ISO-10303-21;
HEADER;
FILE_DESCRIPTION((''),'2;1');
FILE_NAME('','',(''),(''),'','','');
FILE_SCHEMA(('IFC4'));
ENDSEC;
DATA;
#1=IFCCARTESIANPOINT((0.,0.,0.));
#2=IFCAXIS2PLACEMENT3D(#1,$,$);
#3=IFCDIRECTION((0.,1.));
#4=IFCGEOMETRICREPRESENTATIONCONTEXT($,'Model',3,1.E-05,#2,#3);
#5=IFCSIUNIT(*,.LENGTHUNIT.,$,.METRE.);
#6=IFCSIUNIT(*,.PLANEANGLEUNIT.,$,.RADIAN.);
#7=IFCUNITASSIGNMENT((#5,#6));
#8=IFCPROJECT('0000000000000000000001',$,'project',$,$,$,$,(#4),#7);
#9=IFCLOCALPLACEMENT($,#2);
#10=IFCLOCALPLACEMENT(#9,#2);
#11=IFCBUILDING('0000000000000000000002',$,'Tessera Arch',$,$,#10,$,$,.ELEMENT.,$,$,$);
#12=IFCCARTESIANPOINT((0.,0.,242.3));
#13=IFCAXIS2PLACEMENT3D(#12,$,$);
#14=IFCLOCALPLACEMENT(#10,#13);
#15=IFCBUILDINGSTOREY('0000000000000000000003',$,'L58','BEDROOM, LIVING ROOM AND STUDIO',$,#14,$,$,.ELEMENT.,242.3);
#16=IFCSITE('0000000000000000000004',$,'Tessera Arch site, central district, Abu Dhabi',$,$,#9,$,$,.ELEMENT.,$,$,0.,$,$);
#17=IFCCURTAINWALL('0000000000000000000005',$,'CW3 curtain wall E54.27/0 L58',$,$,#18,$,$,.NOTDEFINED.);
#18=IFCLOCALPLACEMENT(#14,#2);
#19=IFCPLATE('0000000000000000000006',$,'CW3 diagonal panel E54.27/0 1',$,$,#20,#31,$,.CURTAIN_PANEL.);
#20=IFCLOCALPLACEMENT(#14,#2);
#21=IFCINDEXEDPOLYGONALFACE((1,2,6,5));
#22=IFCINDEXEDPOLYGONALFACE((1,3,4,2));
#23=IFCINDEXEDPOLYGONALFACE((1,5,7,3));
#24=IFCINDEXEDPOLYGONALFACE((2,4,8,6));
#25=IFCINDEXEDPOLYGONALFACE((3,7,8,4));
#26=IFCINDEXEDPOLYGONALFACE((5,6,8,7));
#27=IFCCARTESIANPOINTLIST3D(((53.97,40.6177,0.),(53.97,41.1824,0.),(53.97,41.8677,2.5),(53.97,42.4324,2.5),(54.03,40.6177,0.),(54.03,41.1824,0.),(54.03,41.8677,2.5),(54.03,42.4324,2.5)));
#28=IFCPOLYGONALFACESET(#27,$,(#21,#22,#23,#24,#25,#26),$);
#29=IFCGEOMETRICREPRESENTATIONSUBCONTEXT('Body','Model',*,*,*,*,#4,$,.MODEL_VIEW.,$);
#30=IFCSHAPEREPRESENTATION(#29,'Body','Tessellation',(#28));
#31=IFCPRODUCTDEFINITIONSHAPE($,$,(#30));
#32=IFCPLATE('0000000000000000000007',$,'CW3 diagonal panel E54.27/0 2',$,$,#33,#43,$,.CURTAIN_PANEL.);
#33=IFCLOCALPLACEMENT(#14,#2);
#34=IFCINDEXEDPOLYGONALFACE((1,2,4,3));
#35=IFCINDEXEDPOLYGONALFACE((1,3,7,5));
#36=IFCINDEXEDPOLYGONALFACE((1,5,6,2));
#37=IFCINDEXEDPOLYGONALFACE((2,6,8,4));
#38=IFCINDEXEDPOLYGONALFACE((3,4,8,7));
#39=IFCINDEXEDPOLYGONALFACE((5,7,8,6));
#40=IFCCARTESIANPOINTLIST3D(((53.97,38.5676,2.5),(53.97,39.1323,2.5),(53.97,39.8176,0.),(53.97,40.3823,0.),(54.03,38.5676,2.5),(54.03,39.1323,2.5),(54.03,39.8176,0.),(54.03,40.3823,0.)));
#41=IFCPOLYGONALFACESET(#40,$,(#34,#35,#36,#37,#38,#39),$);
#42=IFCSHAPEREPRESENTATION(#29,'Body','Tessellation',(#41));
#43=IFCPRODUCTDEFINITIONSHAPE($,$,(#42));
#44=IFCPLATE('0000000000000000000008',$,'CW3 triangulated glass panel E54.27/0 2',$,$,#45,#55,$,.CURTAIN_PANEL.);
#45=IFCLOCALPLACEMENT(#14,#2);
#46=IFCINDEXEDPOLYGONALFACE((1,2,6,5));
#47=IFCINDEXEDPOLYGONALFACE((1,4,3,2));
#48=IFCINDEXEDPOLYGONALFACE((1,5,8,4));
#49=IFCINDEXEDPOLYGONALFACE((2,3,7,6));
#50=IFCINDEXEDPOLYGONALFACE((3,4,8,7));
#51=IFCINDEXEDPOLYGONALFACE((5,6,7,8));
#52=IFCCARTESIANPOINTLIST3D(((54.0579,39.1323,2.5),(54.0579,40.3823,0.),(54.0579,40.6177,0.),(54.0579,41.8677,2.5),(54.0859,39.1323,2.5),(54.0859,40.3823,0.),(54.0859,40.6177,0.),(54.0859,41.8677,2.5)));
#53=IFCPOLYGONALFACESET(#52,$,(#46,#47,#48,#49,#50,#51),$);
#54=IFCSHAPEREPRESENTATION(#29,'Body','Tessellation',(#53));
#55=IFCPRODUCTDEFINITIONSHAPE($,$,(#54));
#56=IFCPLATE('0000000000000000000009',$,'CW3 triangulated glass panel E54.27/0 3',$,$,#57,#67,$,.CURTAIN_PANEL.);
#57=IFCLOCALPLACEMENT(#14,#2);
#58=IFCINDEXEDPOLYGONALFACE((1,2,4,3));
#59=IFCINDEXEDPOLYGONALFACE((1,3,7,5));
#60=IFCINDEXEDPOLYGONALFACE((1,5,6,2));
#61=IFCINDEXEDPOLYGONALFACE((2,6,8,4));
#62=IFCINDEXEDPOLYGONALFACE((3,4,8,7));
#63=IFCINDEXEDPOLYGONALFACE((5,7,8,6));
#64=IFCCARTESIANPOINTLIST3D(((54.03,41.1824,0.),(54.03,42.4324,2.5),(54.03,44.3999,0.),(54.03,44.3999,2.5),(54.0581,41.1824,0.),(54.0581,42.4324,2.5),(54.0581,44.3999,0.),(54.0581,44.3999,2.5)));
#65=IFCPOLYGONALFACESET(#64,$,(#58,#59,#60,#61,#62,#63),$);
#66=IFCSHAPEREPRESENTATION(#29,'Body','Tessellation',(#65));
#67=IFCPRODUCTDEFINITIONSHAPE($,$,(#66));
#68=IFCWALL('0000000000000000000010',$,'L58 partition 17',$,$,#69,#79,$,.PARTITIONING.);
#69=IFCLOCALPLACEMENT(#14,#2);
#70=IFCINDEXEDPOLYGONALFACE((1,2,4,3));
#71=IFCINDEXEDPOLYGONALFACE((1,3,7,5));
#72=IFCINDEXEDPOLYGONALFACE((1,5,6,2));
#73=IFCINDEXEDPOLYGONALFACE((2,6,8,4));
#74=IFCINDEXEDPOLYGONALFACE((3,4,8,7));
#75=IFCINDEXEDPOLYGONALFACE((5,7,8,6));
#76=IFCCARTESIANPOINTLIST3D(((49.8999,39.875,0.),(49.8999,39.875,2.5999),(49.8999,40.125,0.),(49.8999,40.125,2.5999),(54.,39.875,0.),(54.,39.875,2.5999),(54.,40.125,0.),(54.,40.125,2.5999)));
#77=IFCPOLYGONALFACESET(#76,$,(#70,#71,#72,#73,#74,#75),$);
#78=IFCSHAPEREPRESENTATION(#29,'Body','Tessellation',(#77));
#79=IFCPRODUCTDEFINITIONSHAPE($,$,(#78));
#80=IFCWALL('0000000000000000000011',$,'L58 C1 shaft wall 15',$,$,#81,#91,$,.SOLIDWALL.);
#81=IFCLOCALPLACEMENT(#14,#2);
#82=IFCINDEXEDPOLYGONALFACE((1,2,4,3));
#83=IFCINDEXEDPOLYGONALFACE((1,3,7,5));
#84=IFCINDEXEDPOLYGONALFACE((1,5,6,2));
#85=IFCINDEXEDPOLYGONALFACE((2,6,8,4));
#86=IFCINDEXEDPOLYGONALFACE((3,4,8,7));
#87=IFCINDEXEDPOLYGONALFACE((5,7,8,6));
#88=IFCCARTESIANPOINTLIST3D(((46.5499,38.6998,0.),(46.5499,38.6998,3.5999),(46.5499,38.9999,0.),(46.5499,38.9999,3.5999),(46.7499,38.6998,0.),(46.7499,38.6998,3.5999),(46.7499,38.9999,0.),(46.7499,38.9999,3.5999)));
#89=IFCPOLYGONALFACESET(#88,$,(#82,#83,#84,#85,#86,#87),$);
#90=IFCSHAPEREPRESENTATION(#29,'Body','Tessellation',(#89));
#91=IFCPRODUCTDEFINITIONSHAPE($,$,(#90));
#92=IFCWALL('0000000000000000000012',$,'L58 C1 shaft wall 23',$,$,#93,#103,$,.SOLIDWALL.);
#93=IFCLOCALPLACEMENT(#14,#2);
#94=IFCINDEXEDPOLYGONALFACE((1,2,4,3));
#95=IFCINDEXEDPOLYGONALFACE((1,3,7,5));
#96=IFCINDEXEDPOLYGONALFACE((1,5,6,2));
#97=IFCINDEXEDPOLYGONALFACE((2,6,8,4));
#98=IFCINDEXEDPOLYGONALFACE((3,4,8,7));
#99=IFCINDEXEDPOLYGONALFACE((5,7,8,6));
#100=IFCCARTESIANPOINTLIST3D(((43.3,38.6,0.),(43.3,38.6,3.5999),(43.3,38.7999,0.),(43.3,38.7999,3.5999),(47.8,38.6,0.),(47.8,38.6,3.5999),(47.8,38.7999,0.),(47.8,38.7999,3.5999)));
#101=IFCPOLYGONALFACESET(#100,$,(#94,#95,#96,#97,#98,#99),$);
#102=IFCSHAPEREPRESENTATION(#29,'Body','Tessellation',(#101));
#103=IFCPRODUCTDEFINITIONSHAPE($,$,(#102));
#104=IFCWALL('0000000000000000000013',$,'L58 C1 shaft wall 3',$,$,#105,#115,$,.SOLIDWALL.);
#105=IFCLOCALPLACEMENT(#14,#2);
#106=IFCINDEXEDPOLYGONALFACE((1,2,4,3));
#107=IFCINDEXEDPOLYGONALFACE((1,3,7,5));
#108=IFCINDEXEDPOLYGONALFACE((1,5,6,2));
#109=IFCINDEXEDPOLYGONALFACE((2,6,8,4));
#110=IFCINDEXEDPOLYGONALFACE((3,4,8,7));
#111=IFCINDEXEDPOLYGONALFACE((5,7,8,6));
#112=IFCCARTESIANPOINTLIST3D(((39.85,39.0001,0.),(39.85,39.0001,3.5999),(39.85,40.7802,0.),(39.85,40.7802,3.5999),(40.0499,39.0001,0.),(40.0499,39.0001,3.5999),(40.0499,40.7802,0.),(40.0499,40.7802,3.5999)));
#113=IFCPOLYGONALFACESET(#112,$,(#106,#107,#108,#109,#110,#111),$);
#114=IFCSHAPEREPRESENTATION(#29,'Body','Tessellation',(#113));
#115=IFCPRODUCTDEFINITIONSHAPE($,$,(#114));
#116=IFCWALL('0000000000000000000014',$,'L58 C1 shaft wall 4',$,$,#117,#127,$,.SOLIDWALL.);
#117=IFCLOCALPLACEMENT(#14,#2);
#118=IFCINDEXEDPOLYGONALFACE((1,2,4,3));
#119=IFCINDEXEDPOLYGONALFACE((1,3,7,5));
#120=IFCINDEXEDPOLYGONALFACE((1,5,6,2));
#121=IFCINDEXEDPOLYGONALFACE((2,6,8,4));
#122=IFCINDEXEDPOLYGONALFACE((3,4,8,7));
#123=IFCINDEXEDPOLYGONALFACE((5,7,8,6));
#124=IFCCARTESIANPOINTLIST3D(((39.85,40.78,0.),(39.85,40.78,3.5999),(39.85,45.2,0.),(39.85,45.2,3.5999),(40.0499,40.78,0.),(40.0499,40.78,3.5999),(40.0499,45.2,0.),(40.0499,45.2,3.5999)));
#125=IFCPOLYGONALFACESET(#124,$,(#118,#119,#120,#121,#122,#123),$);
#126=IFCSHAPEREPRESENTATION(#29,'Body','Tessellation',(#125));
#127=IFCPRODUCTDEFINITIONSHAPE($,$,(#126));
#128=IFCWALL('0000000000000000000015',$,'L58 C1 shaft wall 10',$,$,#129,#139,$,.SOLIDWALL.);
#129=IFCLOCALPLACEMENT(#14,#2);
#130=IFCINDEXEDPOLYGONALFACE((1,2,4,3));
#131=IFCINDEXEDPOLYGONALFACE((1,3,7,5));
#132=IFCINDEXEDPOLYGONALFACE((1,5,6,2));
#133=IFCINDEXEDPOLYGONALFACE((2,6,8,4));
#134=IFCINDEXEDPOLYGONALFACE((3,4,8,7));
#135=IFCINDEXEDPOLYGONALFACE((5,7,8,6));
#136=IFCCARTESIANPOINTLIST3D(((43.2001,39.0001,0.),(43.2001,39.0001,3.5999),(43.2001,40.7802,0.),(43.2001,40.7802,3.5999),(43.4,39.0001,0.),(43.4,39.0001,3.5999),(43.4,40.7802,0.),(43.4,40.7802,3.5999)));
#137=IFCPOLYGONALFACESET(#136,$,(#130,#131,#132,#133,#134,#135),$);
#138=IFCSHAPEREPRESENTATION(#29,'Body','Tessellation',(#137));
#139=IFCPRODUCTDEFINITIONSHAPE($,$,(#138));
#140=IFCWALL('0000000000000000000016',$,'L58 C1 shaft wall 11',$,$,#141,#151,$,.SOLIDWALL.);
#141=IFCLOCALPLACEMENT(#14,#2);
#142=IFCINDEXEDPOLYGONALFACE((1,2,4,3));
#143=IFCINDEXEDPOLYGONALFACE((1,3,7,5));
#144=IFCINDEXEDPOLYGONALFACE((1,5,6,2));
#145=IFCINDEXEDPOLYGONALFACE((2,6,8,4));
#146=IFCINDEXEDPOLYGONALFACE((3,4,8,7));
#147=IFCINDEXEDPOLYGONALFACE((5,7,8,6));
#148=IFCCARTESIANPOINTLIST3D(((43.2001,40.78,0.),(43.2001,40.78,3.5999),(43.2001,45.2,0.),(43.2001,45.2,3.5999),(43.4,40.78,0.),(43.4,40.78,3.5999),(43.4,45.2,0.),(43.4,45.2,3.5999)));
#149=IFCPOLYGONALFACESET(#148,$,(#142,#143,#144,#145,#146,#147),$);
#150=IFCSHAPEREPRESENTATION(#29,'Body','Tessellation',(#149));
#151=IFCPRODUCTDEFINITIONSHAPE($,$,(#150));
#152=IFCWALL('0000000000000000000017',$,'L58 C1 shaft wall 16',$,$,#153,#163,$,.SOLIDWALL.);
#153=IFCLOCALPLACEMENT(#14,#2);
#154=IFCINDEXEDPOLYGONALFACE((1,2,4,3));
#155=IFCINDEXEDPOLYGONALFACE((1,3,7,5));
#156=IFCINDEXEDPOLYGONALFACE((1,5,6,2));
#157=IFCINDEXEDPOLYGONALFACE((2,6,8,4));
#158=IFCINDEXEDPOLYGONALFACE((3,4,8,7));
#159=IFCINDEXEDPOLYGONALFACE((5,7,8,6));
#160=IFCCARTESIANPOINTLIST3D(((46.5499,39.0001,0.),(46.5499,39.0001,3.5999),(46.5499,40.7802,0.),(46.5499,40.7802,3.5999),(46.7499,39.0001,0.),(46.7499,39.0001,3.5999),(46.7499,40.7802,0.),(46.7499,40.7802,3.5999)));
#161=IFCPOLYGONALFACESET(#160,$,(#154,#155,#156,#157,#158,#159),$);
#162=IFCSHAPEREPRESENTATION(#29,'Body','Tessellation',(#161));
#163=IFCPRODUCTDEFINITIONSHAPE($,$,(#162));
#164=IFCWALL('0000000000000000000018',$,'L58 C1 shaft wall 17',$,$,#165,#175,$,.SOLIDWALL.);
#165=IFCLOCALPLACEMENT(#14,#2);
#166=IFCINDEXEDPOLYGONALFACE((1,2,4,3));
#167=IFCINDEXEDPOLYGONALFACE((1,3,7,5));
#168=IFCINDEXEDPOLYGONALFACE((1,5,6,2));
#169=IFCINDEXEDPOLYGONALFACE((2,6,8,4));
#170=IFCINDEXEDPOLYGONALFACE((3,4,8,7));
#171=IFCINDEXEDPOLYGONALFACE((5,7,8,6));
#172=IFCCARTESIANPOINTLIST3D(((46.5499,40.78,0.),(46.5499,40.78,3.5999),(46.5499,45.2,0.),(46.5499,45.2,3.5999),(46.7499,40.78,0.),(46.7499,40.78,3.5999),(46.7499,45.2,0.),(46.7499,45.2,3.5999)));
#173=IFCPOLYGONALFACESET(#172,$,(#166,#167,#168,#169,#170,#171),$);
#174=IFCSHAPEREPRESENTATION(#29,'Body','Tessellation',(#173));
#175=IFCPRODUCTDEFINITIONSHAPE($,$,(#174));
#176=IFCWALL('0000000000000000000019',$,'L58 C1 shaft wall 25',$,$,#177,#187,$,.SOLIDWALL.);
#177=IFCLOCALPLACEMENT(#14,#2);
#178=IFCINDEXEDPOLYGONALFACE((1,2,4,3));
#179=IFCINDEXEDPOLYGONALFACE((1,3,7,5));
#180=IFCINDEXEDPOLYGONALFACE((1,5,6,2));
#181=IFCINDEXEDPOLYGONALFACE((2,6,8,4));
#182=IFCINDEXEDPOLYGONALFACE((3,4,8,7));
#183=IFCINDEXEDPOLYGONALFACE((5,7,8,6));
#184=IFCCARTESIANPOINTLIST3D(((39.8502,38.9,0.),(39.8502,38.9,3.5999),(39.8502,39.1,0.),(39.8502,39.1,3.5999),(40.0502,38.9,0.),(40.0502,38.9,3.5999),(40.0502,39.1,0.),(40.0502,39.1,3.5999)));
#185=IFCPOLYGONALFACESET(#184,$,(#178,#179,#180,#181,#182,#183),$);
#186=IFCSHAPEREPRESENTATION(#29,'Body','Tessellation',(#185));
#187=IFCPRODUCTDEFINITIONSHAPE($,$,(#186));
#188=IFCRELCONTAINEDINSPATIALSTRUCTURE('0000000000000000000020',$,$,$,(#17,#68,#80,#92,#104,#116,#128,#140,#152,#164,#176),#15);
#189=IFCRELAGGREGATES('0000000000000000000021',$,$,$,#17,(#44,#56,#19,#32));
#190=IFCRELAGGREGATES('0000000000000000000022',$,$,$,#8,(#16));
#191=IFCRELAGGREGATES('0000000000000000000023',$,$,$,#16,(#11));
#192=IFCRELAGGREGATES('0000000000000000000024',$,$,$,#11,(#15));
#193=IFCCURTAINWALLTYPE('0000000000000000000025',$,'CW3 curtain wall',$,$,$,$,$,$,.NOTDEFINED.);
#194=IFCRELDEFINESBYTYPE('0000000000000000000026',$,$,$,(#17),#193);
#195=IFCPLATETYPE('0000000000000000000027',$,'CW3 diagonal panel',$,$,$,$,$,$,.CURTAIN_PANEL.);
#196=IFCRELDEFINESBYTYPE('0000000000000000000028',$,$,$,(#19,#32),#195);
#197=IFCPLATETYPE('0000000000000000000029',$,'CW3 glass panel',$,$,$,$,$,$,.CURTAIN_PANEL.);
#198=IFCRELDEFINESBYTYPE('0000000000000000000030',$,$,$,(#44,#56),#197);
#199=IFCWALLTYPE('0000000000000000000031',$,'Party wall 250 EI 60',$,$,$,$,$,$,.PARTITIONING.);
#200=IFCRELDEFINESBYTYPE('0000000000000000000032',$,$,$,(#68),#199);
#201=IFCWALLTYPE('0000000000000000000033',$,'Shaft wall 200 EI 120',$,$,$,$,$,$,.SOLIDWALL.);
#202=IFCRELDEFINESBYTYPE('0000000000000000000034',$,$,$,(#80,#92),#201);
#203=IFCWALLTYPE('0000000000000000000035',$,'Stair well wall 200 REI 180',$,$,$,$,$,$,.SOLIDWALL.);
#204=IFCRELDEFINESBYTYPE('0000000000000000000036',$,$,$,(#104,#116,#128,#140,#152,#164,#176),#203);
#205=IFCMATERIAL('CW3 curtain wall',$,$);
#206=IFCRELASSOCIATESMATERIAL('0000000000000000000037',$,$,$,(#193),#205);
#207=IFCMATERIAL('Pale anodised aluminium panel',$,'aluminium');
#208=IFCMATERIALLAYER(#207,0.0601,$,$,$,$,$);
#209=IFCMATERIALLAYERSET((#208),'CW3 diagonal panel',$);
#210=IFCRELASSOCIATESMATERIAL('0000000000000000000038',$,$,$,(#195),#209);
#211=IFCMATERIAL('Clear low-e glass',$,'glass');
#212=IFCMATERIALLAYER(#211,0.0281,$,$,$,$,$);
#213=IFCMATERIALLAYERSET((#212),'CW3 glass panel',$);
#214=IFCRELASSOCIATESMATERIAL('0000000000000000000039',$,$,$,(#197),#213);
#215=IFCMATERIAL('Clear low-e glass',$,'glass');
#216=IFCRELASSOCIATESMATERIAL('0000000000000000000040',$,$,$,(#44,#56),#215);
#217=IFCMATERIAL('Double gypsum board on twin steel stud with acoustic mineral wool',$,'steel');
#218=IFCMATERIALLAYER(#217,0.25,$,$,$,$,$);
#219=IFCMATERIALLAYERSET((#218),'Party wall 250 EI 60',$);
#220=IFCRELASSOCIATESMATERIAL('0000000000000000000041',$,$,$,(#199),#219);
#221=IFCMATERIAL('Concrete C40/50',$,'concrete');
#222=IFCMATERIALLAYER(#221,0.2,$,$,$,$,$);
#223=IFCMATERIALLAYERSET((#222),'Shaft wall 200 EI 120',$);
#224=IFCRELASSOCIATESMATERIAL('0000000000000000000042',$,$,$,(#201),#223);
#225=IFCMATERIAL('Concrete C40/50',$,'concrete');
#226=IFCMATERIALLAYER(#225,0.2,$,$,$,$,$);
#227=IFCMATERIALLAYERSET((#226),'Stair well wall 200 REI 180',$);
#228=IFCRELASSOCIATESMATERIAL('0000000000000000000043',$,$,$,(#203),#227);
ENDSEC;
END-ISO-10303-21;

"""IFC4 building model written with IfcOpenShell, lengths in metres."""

from ifc_helpers import new_model, si_unit, direction, frame, frame_2d, origin, place, context, subcontext, project, spatial, polyline, rectangle, outline, extrude, material, layer, layer_set, type_object, element, aggregate, save


model = new_model("IFC4")

# Units and contexts
model_context = context("Model", 3, precision=1e-05, world=origin(), true_north=direction((0.0, 1.0)))
body_context = subcontext(model_context, "Body", "Model", "MODEL_VIEW")
ifc_project = project(units=[si_unit("LENGTHUNIT", "METRE"), si_unit("PLANEANGLEUNIT", "RADIAN")], contexts=[model_context])

# Site, building, storey
site_placement = place(None, origin())
site = spatial("IfcSite", under=ifc_project, at=site_placement, Name="Tessera Arch site, central district, Abu Dhabi", CompositionType="ELEMENT", RefElevation=0.0)
building_placement = place(site_placement, origin())
building = spatial("IfcBuilding", under=site, at=building_placement, Name="Tessera Arch", CompositionType="ELEMENT")
storey_placement = place(building_placement, frame((0.0, 0.0, 242.3)))
storey = spatial("IfcBuildingStorey", under=building, at=storey_placement, Name="L58", Description="BEDROOM, LIVING ROOM AND STUDIO", CompositionType="ELEMENT", Elevation=242.3)

# Curtain wall, plates
ifc_material_1 = material(Name="CW3 curtain wall")
curtain_wall_type = type_object("IfcCurtainWallType", Name="CW3 curtain wall", PredefinedType="NOTDEFINED", material=ifc_material_1)
curtain_wall_placement = place(storey_placement, origin())
curtain_wall = element("IfcCurtainWall", 1, at=curtain_wall_placement, inside=storey, type_object=curtain_wall_type, Name="CW3 curtain wall E54.27/0 L58", PredefinedType="NOTDEFINED")
ifc_material_2 = material(Name="Pale anodised aluminium panel", Category="aluminium")
ifc_layer_1 = layer(ifc_material_2, 0.0601)
ifc_layer_set_1 = layer_set([ifc_layer_1], Name="CW3 diagonal panel")
plate_type_1 = type_object("IfcPlateType", Name="CW3 diagonal panel", PredefinedType="CURTAIN_PANEL", material=ifc_layer_set_1)
plate_1_placement = place(storey_placement, frame((54.03, 42.4324, 2.5), z_axis=(1.0, 0.0, 0.0), x_axis=(0.0, -1.0, 0.0)))
plate_1 = element("IfcPlate", 2, at=plate_1_placement, type_object=plate_type_1, Name="CW3 diagonal panel E54.27/0 1", PredefinedType="CURTAIN_PANEL", context=body_context, shape_type="SweptSolid", body=[
    extrude(outline(polyline([(0.0, 0.0), (0.5647, 0.0), (1.8147, 2.5), (1.25, 2.5), (0.0, 0.0)])), origin(), (0.0, 0.0, -1.0), 0.0601),
])
plate_2_placement = place(storey_placement, frame((54.03, 39.1323, 2.5), z_axis=(1.0, 0.0, 0.0), x_axis=(0.0, -1.0, 0.0)))
plate_2 = element("IfcPlate", 3, at=plate_2_placement, type_object=plate_type_1, Name="CW3 diagonal panel E54.27/0 2", PredefinedType="CURTAIN_PANEL", context=body_context, shape_type="SweptSolid", body=[
    extrude(outline(polyline([(0.0, 0.0), (0.5647, 0.0), (-0.6853, 2.5), (-1.25, 2.5), (0.0, 0.0)])), origin(), (0.0, 0.0, -1.0), 0.0601),
])
ifc_material_3 = material(Name="Clear low-e glass", Category="glass")
ifc_material_4 = material(Name="Clear low-e glass", Category="glass")
ifc_layer_2 = layer(ifc_material_4, 0.0281)
ifc_layer_set_2 = layer_set([ifc_layer_2], Name="CW3 glass panel")
plate_type_2 = type_object("IfcPlateType", Name="CW3 glass panel", PredefinedType="CURTAIN_PANEL", material=ifc_layer_set_2)
plate_3_placement = place(storey_placement, frame((54.0859, 41.8677, 2.5), z_axis=(1.0, 0.0, 0.0), x_axis=(0.0, -1.0, 0.0)))
plate_3 = element("IfcPlate", 4, at=plate_3_placement, type_object=plate_type_2, material=ifc_material_3, Name="CW3 triangulated glass panel E54.27/0 2", PredefinedType="CURTAIN_PANEL", context=body_context, shape_type="SweptSolid", body=[
    extrude(outline(polyline([(0.0, 0.0), (2.7354, 0.0), (1.4854, 2.5), (1.25, 2.5), (0.0, 0.0)])), origin(), (0.0, 0.0, -1.0), 0.0281),
])
plate_4_placement = place(storey_placement, frame((54.0581, 44.3999, 2.5), z_axis=(1.0, 0.0, 0.0), x_axis=(0.0, -1.0, 0.0)))
plate_4 = element("IfcPlate", 5, at=plate_4_placement, type_object=plate_type_2, material=ifc_material_3, Name="CW3 triangulated glass panel E54.27/0 3", PredefinedType="CURTAIN_PANEL", context=body_context, shape_type="SweptSolid", body=[
    extrude(outline(polyline([(0.0, 0.0), (1.9675, 0.0), (3.2175, 2.5), (0.0, 2.5), (0.0, 0.0)])), origin(), (0.0, 0.0, -1.0), 0.0281),
])
aggregate(curtain_wall, [plate_3, plate_4, plate_1, plate_2])

# Walls
ifc_material_5 = material(Name="Double gypsum board on twin steel stud with acoustic mineral wool", Category="steel")
ifc_layer_3 = layer(ifc_material_5, 0.25)
ifc_layer_set_3 = layer_set([ifc_layer_3], Name="Party wall 250 EI 60")
wall_type_1 = type_object("IfcWallType", Name="Party wall 250 EI 60", PredefinedType="PARTITIONING", material=ifc_layer_set_3)
wall_1_placement = place(storey_placement, frame((49.8999, 40.0, 0.0), z_axis=(0.0, 0.0, 1.0), x_axis=(1.0, 0.0, 0.0)))
element("IfcWall", 6, at=wall_1_placement, inside=storey, type_object=wall_type_1, Name="L58 partition 17", PredefinedType="PARTITIONING", context=body_context, shape_type="SweptSolid", body=[
    extrude(rectangle(XDim=4.1001, YDim=0.25, at=frame_2d((2.05, 0.0))), origin(), (0.0, 0.0, 1.0), 2.5999),
])
ifc_material_6 = material(Name="Concrete C40/50", Category="concrete")
ifc_layer_4 = layer(ifc_material_6, 0.2)
ifc_layer_set_4 = layer_set([ifc_layer_4], Name="Shaft wall 200 EI 120")
wall_type_2 = type_object("IfcWallType", Name="Shaft wall 200 EI 120", PredefinedType="SOLIDWALL", material=ifc_layer_set_4)
wall_2_placement = place(storey_placement, frame((46.6499, 38.7, 0.0), z_axis=(0.0, 0.0, 1.0), x_axis=(0.0, 1.0, 0.0)))
element("IfcWall", 7, at=wall_2_placement, inside=storey, type_object=wall_type_2, Name="L58 C1 shaft wall 15", PredefinedType="SOLIDWALL", context=body_context, shape_type="SweptSolid", body=[
    extrude(rectangle(XDim=0.3, YDim=0.2, at=frame_2d((0.1499, 0.0))), origin(), (0.0, 0.0, 1.0), 3.5999),
])
wall_3_placement = place(storey_placement, frame((43.3, 38.7, 0.0), z_axis=(0.0, 0.0, 1.0), x_axis=(1.0, 0.0, 0.0)))
element("IfcWall", 8, at=wall_3_placement, inside=storey, type_object=wall_type_2, Name="L58 C1 shaft wall 23", PredefinedType="SOLIDWALL", context=body_context, shape_type="SweptSolid", body=[
    extrude(rectangle(XDim=4.5, YDim=0.2, at=frame_2d((2.25, 0.0))), origin(), (0.0, 0.0, 1.0), 3.5999),
])
ifc_material_7 = material(Name="Concrete C40/50", Category="concrete")
ifc_layer_5 = layer(ifc_material_7, 0.2)
ifc_layer_set_5 = layer_set([ifc_layer_5], Name="Stair well wall 200 REI 180")
wall_type_3 = type_object("IfcWallType", Name="Stair well wall 200 REI 180", PredefinedType="SOLIDWALL", material=ifc_layer_set_5)
wall_4_placement = place(storey_placement, frame((39.95, 39.0, 0.0), z_axis=(0.0, 0.0, 1.0), x_axis=(0.0, 1.0, 0.0)))
element("IfcWall", 9, at=wall_4_placement, inside=storey, type_object=wall_type_3, Name="L58 C1 shaft wall 3", PredefinedType="SOLIDWALL", context=body_context, shape_type="SweptSolid", body=[
    extrude(rectangle(XDim=1.78, YDim=0.2, at=frame_2d((0.8901, 0.0))), origin(), (0.0, 0.0, 1.0), 3.5999),
])
wall_5_placement = place(storey_placement, frame((39.95, 40.78, 0.0), z_axis=(0.0, 0.0, 1.0), x_axis=(0.0, 1.0, 0.0)))
element("IfcWall", 10, at=wall_5_placement, inside=storey, type_object=wall_type_3, Name="L58 C1 shaft wall 4", PredefinedType="SOLIDWALL", context=body_context, shape_type="SweptSolid", body=[
    extrude(rectangle(XDim=4.4199, YDim=0.2, at=frame_2d((2.21, 0.0))), origin(), (0.0, 0.0, 1.0), 3.5999),
])
wall_6_placement = place(storey_placement, frame((43.3, 39.0, 0.0), z_axis=(0.0, 0.0, 1.0), x_axis=(0.0, 1.0, 0.0)))
element("IfcWall", 11, at=wall_6_placement, inside=storey, type_object=wall_type_3, Name="L58 C1 shaft wall 10", PredefinedType="SOLIDWALL", context=body_context, shape_type="SweptSolid", body=[
    extrude(rectangle(XDim=1.78, YDim=0.2, at=frame_2d((0.8901, 0.0))), origin(), (0.0, 0.0, 1.0), 3.5999),
])
wall_7_placement = place(storey_placement, frame((43.3, 40.78, 0.0), z_axis=(0.0, 0.0, 1.0), x_axis=(0.0, 1.0, 0.0)))
element("IfcWall", 12, at=wall_7_placement, inside=storey, type_object=wall_type_3, Name="L58 C1 shaft wall 11", PredefinedType="SOLIDWALL", context=body_context, shape_type="SweptSolid", body=[
    extrude(rectangle(XDim=4.4199, YDim=0.2, at=frame_2d((2.21, 0.0))), origin(), (0.0, 0.0, 1.0), 3.5999),
])
wall_8_placement = place(storey_placement, frame((46.6499, 39.0, 0.0), z_axis=(0.0, 0.0, 1.0), x_axis=(0.0, 1.0, 0.0)))
element("IfcWall", 13, at=wall_8_placement, inside=storey, type_object=wall_type_3, Name="L58 C1 shaft wall 16", PredefinedType="SOLIDWALL", context=body_context, shape_type="SweptSolid", body=[
    extrude(rectangle(XDim=1.78, YDim=0.2, at=frame_2d((0.8901, 0.0))), origin(), (0.0, 0.0, 1.0), 3.5999),
])
wall_9_placement = place(storey_placement, frame((46.6499, 40.78, 0.0), z_axis=(0.0, 0.0, 1.0), x_axis=(0.0, 1.0, 0.0)))
element("IfcWall", 14, at=wall_9_placement, inside=storey, type_object=wall_type_3, Name="L58 C1 shaft wall 17", PredefinedType="SOLIDWALL", context=body_context, shape_type="SweptSolid", body=[
    extrude(rectangle(XDim=4.4199, YDim=0.2, at=frame_2d((2.21, 0.0))), origin(), (0.0, 0.0, 1.0), 3.5999),
])
wall_10_placement = place(storey_placement, frame((39.8501, 39.0, 0.0), z_axis=(0.0, 0.0, 1.0), x_axis=(1.0, 0.0, 0.0)))
element("IfcWall", 15, at=wall_10_placement, inside=storey, type_object=wall_type_3, Name="L58 C1 shaft wall 25", PredefinedType="SOLIDWALL", context=body_context, shape_type="SweptSolid", body=[
    extrude(rectangle(XDim=0.2, YDim=0.2, at=frame_2d((0.1001, 0.0))), origin(), (0.0, 0.0, 1.0), 3.5999),
])

save(model, "model.ifc")
